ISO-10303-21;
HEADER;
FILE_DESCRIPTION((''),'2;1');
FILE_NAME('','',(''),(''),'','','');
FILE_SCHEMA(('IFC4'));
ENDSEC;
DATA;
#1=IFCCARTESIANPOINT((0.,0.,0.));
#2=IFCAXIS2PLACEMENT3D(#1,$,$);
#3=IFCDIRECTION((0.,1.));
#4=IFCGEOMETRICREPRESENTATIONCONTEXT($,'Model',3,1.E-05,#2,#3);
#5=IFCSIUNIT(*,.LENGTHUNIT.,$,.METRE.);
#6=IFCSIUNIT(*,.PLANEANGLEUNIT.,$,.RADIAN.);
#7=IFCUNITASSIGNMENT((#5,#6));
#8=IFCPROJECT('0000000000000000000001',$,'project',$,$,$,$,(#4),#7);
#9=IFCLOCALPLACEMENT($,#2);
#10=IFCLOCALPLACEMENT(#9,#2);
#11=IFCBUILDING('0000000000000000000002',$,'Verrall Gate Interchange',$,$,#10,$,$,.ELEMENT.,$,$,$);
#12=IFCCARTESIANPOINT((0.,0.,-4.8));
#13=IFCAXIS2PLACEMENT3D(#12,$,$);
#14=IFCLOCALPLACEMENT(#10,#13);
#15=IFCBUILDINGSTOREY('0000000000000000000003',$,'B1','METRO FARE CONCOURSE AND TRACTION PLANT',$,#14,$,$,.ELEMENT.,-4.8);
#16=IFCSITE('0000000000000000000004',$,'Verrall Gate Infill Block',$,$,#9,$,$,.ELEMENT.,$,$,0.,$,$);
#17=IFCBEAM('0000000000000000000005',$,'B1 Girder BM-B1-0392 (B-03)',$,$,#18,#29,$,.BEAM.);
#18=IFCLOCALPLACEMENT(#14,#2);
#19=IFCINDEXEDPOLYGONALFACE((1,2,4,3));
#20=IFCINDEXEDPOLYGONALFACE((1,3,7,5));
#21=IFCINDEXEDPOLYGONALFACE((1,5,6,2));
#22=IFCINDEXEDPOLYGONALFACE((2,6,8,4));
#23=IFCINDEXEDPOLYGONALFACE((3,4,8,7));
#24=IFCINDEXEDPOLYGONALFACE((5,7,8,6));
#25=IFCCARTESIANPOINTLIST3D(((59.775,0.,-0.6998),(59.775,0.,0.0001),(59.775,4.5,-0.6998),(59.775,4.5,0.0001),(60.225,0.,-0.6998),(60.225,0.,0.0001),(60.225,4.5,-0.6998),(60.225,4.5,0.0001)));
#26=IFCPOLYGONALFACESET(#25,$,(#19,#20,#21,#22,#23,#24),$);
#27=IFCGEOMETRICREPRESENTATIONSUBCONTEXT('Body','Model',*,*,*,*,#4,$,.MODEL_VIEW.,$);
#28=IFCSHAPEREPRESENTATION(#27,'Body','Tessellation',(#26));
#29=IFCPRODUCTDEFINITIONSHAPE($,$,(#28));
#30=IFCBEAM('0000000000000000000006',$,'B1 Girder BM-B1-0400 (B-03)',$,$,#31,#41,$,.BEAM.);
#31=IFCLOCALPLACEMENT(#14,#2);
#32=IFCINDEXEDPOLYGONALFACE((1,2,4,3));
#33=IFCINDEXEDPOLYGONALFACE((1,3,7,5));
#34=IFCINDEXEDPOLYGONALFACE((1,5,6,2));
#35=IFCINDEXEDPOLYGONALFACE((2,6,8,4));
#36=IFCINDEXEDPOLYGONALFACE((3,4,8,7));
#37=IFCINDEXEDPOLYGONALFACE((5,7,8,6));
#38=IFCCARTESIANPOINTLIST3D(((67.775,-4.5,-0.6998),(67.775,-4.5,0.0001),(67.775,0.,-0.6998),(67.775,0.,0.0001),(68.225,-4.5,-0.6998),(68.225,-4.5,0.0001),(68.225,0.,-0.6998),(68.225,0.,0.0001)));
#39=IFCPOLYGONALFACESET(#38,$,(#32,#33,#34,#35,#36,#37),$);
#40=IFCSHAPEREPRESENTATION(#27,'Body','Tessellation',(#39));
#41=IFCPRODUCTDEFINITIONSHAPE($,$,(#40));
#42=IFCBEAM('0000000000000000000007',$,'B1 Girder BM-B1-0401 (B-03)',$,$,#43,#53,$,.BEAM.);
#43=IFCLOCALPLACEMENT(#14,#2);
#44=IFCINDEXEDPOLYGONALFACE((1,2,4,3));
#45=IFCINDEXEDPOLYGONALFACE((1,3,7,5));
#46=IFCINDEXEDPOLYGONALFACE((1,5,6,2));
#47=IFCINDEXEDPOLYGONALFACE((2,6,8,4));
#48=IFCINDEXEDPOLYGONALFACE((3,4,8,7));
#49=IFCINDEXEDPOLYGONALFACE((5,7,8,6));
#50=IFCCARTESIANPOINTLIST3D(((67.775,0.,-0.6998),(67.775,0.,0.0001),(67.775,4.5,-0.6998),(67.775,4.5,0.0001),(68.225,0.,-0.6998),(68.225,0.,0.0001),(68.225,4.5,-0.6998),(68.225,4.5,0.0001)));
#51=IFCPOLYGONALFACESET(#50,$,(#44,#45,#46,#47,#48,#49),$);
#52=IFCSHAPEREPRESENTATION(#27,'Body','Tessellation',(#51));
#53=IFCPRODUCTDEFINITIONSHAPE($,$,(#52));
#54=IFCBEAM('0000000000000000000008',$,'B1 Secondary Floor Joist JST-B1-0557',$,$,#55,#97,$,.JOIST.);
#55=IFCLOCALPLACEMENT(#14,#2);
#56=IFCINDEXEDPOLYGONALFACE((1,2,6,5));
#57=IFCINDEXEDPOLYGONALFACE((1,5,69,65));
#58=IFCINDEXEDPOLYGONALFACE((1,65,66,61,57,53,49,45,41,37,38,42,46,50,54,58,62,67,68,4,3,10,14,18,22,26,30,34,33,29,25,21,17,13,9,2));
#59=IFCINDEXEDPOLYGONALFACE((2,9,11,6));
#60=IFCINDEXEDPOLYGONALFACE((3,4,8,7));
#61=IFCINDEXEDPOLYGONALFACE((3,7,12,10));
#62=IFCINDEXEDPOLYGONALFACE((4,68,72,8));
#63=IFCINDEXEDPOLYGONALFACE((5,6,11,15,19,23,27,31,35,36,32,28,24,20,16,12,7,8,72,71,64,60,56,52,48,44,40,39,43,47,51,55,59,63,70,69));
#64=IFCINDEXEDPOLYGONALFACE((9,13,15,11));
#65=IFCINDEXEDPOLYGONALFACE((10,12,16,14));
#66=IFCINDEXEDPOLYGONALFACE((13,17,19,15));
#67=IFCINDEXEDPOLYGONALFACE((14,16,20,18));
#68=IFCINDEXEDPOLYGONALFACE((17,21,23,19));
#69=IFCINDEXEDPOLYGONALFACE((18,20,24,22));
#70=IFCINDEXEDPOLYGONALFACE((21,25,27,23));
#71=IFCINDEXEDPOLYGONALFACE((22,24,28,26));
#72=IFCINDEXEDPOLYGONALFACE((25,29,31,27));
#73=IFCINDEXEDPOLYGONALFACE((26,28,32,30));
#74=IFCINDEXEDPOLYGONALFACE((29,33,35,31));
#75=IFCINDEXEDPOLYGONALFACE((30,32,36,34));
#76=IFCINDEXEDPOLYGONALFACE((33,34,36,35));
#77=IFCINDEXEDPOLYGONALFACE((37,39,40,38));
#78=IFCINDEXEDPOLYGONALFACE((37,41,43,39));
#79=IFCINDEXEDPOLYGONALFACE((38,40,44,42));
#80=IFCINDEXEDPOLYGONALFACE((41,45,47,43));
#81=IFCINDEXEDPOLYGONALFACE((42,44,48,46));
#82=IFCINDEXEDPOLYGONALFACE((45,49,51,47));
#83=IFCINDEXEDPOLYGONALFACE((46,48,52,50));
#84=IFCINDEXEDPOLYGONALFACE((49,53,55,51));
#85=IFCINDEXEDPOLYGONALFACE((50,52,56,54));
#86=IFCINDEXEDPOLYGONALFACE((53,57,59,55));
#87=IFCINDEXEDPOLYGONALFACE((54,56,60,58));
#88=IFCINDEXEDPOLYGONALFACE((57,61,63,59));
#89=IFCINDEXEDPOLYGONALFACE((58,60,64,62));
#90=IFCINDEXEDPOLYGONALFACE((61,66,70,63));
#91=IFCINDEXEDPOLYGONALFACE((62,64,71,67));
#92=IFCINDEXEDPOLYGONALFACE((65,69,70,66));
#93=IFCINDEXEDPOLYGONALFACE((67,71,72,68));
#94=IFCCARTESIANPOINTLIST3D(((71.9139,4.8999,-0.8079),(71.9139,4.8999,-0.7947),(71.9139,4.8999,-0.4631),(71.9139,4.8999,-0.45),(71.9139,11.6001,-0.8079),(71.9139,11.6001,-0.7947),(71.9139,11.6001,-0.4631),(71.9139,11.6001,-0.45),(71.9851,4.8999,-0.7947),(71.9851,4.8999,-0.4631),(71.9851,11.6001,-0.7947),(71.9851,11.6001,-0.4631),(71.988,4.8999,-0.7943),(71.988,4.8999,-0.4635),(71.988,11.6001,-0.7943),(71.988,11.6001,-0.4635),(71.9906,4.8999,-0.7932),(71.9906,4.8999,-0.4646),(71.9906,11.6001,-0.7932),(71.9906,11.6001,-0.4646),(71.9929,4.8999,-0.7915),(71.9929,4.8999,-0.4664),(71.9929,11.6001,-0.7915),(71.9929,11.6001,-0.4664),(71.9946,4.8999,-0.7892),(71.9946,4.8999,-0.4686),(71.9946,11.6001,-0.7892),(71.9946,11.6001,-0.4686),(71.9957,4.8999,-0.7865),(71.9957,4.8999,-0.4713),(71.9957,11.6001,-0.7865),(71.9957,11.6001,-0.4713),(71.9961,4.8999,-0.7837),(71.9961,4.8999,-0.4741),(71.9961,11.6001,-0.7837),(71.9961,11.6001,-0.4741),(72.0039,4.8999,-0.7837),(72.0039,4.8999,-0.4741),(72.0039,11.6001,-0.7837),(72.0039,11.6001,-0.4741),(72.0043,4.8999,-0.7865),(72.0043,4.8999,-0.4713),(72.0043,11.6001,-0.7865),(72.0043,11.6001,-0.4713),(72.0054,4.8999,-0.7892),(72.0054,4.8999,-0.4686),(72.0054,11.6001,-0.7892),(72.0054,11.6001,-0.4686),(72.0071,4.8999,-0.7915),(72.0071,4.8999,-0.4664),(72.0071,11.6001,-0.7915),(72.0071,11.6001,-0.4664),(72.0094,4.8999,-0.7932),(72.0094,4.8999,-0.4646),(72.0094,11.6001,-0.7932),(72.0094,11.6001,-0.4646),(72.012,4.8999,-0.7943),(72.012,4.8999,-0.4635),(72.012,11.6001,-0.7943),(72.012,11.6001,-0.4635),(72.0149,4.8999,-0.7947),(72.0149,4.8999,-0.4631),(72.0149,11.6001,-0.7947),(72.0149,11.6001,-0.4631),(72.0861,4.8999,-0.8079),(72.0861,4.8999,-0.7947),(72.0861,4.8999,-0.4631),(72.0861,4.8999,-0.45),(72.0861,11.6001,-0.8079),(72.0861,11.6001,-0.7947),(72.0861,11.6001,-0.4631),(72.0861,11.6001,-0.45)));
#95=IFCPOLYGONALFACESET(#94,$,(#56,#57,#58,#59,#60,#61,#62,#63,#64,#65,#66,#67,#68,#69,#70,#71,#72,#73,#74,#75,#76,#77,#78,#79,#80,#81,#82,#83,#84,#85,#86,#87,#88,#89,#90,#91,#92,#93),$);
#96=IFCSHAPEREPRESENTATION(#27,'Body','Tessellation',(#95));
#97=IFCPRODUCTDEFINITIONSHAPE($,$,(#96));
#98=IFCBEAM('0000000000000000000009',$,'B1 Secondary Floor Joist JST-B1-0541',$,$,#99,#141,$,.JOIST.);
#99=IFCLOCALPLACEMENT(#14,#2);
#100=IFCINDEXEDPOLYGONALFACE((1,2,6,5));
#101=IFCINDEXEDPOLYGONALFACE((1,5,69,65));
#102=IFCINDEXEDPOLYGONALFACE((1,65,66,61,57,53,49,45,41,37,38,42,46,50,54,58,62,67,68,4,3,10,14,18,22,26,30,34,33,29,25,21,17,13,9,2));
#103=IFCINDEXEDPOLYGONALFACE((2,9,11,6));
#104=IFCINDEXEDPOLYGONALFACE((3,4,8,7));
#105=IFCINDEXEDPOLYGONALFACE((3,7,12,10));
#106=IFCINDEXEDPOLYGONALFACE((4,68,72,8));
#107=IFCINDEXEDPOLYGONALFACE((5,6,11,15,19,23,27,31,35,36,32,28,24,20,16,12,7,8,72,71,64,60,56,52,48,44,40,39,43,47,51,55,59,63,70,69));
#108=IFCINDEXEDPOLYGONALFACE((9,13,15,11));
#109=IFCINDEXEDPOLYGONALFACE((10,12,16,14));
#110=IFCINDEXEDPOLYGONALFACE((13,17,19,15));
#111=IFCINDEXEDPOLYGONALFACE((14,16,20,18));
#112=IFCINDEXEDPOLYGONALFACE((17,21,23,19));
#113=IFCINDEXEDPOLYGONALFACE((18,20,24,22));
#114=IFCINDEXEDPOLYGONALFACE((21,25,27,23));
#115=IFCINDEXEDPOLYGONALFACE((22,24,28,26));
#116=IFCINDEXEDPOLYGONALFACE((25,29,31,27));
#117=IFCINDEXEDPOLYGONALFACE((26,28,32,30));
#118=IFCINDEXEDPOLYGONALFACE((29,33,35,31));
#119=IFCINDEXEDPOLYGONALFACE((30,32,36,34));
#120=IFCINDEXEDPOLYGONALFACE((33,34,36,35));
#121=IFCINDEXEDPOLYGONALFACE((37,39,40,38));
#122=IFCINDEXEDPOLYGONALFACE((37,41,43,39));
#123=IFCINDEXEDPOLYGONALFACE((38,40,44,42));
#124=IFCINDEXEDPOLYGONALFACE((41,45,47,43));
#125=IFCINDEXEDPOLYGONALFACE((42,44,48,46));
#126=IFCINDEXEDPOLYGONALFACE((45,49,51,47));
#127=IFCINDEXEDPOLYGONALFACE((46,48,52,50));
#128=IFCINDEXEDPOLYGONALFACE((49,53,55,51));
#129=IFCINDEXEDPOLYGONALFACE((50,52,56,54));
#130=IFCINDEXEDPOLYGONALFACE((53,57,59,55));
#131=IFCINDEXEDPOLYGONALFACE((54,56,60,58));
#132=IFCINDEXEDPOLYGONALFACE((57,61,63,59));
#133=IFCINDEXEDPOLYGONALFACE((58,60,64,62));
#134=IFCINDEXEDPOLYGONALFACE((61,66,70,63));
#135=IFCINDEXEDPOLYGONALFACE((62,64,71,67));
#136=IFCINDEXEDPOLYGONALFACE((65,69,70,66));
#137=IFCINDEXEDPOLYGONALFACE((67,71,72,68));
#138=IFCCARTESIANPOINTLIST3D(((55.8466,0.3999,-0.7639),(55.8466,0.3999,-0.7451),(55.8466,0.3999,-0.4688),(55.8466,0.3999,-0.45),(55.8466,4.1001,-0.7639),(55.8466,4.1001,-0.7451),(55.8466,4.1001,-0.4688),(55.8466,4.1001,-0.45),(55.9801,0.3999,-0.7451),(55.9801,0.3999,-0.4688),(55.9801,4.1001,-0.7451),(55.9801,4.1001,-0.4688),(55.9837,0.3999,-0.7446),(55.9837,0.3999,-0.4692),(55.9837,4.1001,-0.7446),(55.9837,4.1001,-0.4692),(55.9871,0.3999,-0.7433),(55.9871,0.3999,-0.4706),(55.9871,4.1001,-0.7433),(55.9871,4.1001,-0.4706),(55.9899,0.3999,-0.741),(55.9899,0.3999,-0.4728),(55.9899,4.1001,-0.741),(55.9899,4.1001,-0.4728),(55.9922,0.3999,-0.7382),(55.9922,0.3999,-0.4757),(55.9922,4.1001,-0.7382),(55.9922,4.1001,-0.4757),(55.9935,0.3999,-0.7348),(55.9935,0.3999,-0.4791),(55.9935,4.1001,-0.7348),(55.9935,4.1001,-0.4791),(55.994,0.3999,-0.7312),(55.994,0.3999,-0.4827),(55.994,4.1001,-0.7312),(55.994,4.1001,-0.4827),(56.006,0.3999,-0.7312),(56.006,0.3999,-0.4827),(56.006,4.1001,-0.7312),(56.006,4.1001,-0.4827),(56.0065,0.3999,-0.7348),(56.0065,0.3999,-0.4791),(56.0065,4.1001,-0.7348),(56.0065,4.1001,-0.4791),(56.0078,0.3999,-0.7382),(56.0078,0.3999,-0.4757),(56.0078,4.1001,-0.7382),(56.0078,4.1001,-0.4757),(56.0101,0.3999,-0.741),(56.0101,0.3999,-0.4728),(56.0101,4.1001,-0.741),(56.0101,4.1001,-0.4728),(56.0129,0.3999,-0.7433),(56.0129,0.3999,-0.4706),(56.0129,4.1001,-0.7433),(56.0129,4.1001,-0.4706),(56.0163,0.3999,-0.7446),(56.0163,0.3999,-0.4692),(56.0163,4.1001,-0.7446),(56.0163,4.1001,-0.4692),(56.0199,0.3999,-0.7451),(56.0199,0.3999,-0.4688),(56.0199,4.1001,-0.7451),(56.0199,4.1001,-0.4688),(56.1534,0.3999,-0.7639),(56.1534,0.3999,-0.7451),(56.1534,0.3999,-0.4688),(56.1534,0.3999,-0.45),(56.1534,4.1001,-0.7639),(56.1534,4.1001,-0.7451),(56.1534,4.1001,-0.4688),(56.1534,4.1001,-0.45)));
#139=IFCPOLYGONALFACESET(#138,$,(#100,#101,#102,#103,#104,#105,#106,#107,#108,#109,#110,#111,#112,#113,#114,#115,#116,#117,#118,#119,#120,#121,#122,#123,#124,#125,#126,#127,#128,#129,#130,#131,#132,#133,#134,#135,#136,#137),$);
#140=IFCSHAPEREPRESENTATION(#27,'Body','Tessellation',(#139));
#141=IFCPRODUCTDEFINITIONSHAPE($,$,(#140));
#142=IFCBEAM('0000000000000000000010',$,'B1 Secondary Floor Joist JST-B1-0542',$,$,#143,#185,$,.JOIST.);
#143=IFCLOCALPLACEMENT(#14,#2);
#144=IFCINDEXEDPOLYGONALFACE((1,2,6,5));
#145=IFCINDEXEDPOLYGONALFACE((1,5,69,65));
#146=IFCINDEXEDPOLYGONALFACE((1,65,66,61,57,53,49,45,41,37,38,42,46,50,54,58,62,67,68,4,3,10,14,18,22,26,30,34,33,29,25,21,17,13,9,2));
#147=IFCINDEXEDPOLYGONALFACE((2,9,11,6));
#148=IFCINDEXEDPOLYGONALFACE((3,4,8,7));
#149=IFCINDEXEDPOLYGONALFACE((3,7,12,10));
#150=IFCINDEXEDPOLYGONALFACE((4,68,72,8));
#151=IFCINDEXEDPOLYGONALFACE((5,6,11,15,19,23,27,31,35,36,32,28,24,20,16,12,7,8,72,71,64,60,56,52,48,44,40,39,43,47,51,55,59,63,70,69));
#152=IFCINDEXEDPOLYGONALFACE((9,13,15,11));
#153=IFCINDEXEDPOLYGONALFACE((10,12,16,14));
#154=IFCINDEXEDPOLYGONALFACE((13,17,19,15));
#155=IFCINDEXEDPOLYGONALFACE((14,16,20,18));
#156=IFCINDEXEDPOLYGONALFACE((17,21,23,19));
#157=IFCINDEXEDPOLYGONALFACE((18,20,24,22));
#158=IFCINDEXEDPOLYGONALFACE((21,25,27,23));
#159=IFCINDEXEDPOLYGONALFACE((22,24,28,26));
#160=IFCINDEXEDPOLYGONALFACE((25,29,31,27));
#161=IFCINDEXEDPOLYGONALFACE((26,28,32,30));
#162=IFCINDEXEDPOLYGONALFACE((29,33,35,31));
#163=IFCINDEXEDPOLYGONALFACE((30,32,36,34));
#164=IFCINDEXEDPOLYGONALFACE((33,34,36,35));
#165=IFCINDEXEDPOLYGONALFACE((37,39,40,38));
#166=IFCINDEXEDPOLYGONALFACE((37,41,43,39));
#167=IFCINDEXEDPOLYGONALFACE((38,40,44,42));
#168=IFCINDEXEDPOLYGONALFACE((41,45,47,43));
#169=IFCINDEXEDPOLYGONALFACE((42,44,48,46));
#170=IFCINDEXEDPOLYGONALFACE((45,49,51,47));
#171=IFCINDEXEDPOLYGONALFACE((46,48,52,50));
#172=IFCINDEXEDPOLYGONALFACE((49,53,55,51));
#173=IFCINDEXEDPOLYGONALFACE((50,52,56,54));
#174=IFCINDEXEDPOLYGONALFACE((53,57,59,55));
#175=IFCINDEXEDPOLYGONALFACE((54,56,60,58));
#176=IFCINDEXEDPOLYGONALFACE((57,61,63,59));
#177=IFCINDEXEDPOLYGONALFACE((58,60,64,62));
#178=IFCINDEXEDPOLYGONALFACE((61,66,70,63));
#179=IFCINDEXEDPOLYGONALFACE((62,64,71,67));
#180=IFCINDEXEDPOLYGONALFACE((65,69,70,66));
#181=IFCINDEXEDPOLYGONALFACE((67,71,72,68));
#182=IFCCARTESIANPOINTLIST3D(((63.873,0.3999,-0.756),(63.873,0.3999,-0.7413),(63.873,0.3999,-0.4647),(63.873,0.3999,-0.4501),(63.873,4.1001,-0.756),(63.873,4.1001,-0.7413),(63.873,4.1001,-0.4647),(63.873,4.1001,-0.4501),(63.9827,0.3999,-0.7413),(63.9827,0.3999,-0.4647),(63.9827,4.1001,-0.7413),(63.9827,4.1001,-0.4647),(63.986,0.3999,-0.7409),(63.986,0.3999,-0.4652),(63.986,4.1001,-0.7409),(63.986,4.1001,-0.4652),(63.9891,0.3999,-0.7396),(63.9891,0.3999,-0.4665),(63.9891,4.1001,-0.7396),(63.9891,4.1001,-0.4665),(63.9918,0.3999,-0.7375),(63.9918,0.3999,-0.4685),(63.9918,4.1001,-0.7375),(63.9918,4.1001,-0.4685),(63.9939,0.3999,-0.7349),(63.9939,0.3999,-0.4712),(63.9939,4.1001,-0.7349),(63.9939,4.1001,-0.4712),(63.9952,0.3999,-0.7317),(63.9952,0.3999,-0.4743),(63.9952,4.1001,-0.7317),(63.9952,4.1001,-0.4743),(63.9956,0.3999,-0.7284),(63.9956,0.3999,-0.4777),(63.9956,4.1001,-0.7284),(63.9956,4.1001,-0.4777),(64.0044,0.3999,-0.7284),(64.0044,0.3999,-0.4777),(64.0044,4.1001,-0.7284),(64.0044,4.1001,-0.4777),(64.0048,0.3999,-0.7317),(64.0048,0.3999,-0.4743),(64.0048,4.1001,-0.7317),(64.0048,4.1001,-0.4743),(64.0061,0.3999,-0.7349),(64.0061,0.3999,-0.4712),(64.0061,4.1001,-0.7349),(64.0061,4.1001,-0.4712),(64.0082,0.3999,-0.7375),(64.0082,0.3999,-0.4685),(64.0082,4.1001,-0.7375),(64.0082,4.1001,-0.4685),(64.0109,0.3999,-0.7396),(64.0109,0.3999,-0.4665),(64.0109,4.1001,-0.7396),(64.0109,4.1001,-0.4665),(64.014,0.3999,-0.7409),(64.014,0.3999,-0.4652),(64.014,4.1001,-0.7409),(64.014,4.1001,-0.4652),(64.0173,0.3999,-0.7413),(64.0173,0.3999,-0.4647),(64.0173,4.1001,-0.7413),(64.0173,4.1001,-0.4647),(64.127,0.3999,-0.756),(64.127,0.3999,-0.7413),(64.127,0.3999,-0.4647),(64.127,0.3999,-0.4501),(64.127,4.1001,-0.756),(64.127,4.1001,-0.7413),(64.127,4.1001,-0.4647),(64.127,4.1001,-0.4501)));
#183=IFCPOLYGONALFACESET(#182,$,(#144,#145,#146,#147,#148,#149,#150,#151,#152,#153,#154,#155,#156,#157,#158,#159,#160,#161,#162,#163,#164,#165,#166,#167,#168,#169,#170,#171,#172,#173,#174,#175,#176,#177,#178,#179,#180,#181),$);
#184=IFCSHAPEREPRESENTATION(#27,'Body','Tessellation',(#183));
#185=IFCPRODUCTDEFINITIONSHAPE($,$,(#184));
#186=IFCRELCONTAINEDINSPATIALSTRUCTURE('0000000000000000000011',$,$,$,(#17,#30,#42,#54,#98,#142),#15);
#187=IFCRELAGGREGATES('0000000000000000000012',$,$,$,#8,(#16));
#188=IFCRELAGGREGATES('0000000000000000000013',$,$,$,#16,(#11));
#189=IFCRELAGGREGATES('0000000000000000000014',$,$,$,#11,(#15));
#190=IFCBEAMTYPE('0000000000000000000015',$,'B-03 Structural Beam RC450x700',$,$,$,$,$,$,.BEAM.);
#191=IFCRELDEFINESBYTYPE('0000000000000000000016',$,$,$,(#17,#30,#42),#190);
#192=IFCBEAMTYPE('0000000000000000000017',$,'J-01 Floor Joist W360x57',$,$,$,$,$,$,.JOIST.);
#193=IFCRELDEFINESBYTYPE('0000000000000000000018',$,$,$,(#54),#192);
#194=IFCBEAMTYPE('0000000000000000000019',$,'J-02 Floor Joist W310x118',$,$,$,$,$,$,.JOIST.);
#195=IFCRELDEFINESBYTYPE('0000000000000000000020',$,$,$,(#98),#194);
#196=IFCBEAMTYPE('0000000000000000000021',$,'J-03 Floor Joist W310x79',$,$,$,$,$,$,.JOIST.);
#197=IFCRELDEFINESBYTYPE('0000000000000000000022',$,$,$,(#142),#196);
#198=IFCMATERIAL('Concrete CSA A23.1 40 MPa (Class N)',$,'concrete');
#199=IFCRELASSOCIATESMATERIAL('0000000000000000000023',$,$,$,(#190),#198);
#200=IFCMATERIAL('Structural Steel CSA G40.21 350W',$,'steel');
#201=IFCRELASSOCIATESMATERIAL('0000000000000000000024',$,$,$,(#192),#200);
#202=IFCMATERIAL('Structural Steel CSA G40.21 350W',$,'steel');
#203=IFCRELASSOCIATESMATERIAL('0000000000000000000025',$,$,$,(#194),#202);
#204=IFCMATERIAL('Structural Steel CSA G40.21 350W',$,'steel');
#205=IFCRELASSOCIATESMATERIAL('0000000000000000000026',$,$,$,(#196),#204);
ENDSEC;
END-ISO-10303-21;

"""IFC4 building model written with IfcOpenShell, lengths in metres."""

from ifc_helpers import new_model, si_unit, direction, frame, origin, origin_2d, place, context, subcontext, project, spatial, rectangle, i_section, extrude, material, material_profile, profile_set, type_object, element, save


model = new_model("IFC4")

# Units and contexts
model_context = context("Model", 3, precision=1e-05, world=origin(), true_north=direction((0.0, 1.0)))
body_context = subcontext(model_context, "Body", "Model", "MODEL_VIEW")
ifc_project = project(units=[si_unit("LENGTHUNIT", "METRE"), si_unit("PLANEANGLEUNIT", "RADIAN")], contexts=[model_context])

# Site, building, storey
site_placement = place(None, origin())
site = spatial("IfcSite", under=ifc_project, at=site_placement, Name="Verrall Gate Infill Block", CompositionType="ELEMENT", RefElevation=0.0)
building_placement = place(site_placement, origin())
building = spatial("IfcBuilding", under=site, at=building_placement, Name="Verrall Gate Interchange", CompositionType="ELEMENT")
storey_placement = place(building_placement, frame((0.0, 0.0, -4.8)))
storey = spatial("IfcBuildingStorey", under=building, at=storey_placement, Name="B1", Description="METRO FARE CONCOURSE AND TRACTION PLANT", CompositionType="ELEMENT", Elevation=-4.8)

# Beams
ifc_material_1 = material(Name="Concrete CSA A23.1 40 MPa (Class N)", Category="concrete")
ifc_material_profile_1 = material_profile(ifc_material_1, rectangle(XDim=0.45, YDim=0.7, at=origin_2d()), Name="RC450x700")
ifc_profile_set_1 = profile_set([ifc_material_profile_1], Name="Concrete CSA A23.1 40 MPa (Class N)")
beam_type_1 = type_object("IfcBeamType", Name="B-03 Structural Beam RC450x700", PredefinedType="BEAM", material=ifc_profile_set_1)
for number, where, z_axis, x_axis, name in (
    (1, (60.0, 0.0, -0.3499), (0.0, 1.0, 0.0), (-1.0, 0.0, 0.0), "B1 Girder BM-B1-0392 (B-03)"),
    (2, (68.0, -4.5, -0.3499), (0.0, 1.0, 0.0), (-1.0, 0.0, 0.0), "B1 Girder BM-B1-0400 (B-03)"),
    (3, (68.0, 0.0, -0.3499), (0.0, 1.0, 0.0), (-1.0, 0.0, 0.0), "B1 Girder BM-B1-0401 (B-03)"),
):
    element("IfcBeam", number, at=place(storey_placement, frame(where, z_axis=z_axis, x_axis=x_axis)), inside=storey, type_object=beam_type_1, Name=name, PredefinedType="BEAM", context=body_context, shape_type="SweptSolid", body=[
        extrude(rectangle(XDim=0.45, YDim=0.7, at=origin_2d()), origin(), (0.0, 0.0, 1.0), 4.5),
    ])
ifc_material_2 = material(Name="Structural Steel CSA G40.21 350W", Category="steel")
ifc_material_profile_2 = material_profile(ifc_material_2, i_section(OverallWidth=0.1721, OverallDepth=0.3579, WebThickness=0.0078, FlangeThickness=0.0132, FilletRadius=0.011, at=origin_2d()), Name="W360x57")
ifc_profile_set_2 = profile_set([ifc_material_profile_2], Name="Structural Steel CSA G40.21 350W")
beam_type_2 = type_object("IfcBeamType", Name="J-01 Floor Joist W360x57", PredefinedType="JOIST", material=ifc_profile_set_2)
beam_1_placement = place(storey_placement, frame((72.0, 4.8999, -0.6289), z_axis=(0.0, 1.0, 0.0), x_axis=(-1.0, 0.0, 0.0)))
element("IfcBeam", 4, at=beam_1_placement, inside=storey, type_object=beam_type_2, Name="B1 Secondary Floor Joist JST-B1-0557", PredefinedType="JOIST", context=body_context, shape_type="SweptSolid", body=[
    extrude(i_section(OverallWidth=0.1721, OverallDepth=0.3579, WebThickness=0.0078, FlangeThickness=0.0132, FilletRadius=0.011, at=origin_2d()), origin(), (0.0, 0.0, 1.0), 6.7002),
])
ifc_material_3 = material(Name="Structural Steel CSA G40.21 350W", Category="steel")
ifc_material_profile_3 = material_profile(ifc_material_3, i_section(OverallWidth=0.3069, OverallDepth=0.314, WebThickness=0.012, FlangeThickness=0.0188, FilletRadius=0.0139, at=origin_2d()), Name="W310x118")
ifc_profile_set_3 = profile_set([ifc_material_profile_3], Name="Structural Steel CSA G40.21 350W")
beam_type_3 = type_object("IfcBeamType", Name="J-02 Floor Joist W310x118", PredefinedType="JOIST", material=ifc_profile_set_3)
beam_2_placement = place(storey_placement, frame((56.0, 0.3999, -0.6069), z_axis=(0.0, 1.0, 0.0), x_axis=(-1.0, 0.0, 0.0)))
element("IfcBeam", 5, at=beam_2_placement, inside=storey, type_object=beam_type_3, Name="B1 Secondary Floor Joist JST-B1-0541", PredefinedType="JOIST", context=body_context, shape_type="SweptSolid", body=[
    extrude(i_section(OverallWidth=0.3069, OverallDepth=0.314, WebThickness=0.012, FlangeThickness=0.0188, FilletRadius=0.0139, at=origin_2d()), origin(), (0.0, 0.0, 1.0), 3.7002),
])
ifc_material_4 = material(Name="Structural Steel CSA G40.21 350W", Category="steel")
ifc_material_profile_4 = material_profile(ifc_material_4, i_section(OverallWidth=0.2539, OverallDepth=0.3059, WebThickness=0.0088, FlangeThickness=0.0146, FilletRadius=0.0129, at=origin_2d()), Name="W310x79")
ifc_profile_set_4 = profile_set([ifc_material_profile_4], Name="Structural Steel CSA G40.21 350W")
beam_type_4 = type_object("IfcBeamType", Name="J-03 Floor Joist W310x79", PredefinedType="JOIST", material=ifc_profile_set_4)
beam_3_placement = place(storey_placement, frame((64.0, 0.3999, -0.603), z_axis=(0.0, 1.0, 0.0), x_axis=(-1.0, 0.0, 0.0)))
element("IfcBeam", 6, at=beam_3_placement, inside=storey, type_object=beam_type_4, Name="B1 Secondary Floor Joist JST-B1-0542", PredefinedType="JOIST", context=body_context, shape_type="SweptSolid", body=[
    extrude(i_section(OverallWidth=0.2539, OverallDepth=0.3059, WebThickness=0.0088, FlangeThickness=0.0146, FilletRadius=0.0129, at=origin_2d()), origin(), (0.0, 0.0, 1.0), 3.7002),
])

save(model, "model.ifc")
